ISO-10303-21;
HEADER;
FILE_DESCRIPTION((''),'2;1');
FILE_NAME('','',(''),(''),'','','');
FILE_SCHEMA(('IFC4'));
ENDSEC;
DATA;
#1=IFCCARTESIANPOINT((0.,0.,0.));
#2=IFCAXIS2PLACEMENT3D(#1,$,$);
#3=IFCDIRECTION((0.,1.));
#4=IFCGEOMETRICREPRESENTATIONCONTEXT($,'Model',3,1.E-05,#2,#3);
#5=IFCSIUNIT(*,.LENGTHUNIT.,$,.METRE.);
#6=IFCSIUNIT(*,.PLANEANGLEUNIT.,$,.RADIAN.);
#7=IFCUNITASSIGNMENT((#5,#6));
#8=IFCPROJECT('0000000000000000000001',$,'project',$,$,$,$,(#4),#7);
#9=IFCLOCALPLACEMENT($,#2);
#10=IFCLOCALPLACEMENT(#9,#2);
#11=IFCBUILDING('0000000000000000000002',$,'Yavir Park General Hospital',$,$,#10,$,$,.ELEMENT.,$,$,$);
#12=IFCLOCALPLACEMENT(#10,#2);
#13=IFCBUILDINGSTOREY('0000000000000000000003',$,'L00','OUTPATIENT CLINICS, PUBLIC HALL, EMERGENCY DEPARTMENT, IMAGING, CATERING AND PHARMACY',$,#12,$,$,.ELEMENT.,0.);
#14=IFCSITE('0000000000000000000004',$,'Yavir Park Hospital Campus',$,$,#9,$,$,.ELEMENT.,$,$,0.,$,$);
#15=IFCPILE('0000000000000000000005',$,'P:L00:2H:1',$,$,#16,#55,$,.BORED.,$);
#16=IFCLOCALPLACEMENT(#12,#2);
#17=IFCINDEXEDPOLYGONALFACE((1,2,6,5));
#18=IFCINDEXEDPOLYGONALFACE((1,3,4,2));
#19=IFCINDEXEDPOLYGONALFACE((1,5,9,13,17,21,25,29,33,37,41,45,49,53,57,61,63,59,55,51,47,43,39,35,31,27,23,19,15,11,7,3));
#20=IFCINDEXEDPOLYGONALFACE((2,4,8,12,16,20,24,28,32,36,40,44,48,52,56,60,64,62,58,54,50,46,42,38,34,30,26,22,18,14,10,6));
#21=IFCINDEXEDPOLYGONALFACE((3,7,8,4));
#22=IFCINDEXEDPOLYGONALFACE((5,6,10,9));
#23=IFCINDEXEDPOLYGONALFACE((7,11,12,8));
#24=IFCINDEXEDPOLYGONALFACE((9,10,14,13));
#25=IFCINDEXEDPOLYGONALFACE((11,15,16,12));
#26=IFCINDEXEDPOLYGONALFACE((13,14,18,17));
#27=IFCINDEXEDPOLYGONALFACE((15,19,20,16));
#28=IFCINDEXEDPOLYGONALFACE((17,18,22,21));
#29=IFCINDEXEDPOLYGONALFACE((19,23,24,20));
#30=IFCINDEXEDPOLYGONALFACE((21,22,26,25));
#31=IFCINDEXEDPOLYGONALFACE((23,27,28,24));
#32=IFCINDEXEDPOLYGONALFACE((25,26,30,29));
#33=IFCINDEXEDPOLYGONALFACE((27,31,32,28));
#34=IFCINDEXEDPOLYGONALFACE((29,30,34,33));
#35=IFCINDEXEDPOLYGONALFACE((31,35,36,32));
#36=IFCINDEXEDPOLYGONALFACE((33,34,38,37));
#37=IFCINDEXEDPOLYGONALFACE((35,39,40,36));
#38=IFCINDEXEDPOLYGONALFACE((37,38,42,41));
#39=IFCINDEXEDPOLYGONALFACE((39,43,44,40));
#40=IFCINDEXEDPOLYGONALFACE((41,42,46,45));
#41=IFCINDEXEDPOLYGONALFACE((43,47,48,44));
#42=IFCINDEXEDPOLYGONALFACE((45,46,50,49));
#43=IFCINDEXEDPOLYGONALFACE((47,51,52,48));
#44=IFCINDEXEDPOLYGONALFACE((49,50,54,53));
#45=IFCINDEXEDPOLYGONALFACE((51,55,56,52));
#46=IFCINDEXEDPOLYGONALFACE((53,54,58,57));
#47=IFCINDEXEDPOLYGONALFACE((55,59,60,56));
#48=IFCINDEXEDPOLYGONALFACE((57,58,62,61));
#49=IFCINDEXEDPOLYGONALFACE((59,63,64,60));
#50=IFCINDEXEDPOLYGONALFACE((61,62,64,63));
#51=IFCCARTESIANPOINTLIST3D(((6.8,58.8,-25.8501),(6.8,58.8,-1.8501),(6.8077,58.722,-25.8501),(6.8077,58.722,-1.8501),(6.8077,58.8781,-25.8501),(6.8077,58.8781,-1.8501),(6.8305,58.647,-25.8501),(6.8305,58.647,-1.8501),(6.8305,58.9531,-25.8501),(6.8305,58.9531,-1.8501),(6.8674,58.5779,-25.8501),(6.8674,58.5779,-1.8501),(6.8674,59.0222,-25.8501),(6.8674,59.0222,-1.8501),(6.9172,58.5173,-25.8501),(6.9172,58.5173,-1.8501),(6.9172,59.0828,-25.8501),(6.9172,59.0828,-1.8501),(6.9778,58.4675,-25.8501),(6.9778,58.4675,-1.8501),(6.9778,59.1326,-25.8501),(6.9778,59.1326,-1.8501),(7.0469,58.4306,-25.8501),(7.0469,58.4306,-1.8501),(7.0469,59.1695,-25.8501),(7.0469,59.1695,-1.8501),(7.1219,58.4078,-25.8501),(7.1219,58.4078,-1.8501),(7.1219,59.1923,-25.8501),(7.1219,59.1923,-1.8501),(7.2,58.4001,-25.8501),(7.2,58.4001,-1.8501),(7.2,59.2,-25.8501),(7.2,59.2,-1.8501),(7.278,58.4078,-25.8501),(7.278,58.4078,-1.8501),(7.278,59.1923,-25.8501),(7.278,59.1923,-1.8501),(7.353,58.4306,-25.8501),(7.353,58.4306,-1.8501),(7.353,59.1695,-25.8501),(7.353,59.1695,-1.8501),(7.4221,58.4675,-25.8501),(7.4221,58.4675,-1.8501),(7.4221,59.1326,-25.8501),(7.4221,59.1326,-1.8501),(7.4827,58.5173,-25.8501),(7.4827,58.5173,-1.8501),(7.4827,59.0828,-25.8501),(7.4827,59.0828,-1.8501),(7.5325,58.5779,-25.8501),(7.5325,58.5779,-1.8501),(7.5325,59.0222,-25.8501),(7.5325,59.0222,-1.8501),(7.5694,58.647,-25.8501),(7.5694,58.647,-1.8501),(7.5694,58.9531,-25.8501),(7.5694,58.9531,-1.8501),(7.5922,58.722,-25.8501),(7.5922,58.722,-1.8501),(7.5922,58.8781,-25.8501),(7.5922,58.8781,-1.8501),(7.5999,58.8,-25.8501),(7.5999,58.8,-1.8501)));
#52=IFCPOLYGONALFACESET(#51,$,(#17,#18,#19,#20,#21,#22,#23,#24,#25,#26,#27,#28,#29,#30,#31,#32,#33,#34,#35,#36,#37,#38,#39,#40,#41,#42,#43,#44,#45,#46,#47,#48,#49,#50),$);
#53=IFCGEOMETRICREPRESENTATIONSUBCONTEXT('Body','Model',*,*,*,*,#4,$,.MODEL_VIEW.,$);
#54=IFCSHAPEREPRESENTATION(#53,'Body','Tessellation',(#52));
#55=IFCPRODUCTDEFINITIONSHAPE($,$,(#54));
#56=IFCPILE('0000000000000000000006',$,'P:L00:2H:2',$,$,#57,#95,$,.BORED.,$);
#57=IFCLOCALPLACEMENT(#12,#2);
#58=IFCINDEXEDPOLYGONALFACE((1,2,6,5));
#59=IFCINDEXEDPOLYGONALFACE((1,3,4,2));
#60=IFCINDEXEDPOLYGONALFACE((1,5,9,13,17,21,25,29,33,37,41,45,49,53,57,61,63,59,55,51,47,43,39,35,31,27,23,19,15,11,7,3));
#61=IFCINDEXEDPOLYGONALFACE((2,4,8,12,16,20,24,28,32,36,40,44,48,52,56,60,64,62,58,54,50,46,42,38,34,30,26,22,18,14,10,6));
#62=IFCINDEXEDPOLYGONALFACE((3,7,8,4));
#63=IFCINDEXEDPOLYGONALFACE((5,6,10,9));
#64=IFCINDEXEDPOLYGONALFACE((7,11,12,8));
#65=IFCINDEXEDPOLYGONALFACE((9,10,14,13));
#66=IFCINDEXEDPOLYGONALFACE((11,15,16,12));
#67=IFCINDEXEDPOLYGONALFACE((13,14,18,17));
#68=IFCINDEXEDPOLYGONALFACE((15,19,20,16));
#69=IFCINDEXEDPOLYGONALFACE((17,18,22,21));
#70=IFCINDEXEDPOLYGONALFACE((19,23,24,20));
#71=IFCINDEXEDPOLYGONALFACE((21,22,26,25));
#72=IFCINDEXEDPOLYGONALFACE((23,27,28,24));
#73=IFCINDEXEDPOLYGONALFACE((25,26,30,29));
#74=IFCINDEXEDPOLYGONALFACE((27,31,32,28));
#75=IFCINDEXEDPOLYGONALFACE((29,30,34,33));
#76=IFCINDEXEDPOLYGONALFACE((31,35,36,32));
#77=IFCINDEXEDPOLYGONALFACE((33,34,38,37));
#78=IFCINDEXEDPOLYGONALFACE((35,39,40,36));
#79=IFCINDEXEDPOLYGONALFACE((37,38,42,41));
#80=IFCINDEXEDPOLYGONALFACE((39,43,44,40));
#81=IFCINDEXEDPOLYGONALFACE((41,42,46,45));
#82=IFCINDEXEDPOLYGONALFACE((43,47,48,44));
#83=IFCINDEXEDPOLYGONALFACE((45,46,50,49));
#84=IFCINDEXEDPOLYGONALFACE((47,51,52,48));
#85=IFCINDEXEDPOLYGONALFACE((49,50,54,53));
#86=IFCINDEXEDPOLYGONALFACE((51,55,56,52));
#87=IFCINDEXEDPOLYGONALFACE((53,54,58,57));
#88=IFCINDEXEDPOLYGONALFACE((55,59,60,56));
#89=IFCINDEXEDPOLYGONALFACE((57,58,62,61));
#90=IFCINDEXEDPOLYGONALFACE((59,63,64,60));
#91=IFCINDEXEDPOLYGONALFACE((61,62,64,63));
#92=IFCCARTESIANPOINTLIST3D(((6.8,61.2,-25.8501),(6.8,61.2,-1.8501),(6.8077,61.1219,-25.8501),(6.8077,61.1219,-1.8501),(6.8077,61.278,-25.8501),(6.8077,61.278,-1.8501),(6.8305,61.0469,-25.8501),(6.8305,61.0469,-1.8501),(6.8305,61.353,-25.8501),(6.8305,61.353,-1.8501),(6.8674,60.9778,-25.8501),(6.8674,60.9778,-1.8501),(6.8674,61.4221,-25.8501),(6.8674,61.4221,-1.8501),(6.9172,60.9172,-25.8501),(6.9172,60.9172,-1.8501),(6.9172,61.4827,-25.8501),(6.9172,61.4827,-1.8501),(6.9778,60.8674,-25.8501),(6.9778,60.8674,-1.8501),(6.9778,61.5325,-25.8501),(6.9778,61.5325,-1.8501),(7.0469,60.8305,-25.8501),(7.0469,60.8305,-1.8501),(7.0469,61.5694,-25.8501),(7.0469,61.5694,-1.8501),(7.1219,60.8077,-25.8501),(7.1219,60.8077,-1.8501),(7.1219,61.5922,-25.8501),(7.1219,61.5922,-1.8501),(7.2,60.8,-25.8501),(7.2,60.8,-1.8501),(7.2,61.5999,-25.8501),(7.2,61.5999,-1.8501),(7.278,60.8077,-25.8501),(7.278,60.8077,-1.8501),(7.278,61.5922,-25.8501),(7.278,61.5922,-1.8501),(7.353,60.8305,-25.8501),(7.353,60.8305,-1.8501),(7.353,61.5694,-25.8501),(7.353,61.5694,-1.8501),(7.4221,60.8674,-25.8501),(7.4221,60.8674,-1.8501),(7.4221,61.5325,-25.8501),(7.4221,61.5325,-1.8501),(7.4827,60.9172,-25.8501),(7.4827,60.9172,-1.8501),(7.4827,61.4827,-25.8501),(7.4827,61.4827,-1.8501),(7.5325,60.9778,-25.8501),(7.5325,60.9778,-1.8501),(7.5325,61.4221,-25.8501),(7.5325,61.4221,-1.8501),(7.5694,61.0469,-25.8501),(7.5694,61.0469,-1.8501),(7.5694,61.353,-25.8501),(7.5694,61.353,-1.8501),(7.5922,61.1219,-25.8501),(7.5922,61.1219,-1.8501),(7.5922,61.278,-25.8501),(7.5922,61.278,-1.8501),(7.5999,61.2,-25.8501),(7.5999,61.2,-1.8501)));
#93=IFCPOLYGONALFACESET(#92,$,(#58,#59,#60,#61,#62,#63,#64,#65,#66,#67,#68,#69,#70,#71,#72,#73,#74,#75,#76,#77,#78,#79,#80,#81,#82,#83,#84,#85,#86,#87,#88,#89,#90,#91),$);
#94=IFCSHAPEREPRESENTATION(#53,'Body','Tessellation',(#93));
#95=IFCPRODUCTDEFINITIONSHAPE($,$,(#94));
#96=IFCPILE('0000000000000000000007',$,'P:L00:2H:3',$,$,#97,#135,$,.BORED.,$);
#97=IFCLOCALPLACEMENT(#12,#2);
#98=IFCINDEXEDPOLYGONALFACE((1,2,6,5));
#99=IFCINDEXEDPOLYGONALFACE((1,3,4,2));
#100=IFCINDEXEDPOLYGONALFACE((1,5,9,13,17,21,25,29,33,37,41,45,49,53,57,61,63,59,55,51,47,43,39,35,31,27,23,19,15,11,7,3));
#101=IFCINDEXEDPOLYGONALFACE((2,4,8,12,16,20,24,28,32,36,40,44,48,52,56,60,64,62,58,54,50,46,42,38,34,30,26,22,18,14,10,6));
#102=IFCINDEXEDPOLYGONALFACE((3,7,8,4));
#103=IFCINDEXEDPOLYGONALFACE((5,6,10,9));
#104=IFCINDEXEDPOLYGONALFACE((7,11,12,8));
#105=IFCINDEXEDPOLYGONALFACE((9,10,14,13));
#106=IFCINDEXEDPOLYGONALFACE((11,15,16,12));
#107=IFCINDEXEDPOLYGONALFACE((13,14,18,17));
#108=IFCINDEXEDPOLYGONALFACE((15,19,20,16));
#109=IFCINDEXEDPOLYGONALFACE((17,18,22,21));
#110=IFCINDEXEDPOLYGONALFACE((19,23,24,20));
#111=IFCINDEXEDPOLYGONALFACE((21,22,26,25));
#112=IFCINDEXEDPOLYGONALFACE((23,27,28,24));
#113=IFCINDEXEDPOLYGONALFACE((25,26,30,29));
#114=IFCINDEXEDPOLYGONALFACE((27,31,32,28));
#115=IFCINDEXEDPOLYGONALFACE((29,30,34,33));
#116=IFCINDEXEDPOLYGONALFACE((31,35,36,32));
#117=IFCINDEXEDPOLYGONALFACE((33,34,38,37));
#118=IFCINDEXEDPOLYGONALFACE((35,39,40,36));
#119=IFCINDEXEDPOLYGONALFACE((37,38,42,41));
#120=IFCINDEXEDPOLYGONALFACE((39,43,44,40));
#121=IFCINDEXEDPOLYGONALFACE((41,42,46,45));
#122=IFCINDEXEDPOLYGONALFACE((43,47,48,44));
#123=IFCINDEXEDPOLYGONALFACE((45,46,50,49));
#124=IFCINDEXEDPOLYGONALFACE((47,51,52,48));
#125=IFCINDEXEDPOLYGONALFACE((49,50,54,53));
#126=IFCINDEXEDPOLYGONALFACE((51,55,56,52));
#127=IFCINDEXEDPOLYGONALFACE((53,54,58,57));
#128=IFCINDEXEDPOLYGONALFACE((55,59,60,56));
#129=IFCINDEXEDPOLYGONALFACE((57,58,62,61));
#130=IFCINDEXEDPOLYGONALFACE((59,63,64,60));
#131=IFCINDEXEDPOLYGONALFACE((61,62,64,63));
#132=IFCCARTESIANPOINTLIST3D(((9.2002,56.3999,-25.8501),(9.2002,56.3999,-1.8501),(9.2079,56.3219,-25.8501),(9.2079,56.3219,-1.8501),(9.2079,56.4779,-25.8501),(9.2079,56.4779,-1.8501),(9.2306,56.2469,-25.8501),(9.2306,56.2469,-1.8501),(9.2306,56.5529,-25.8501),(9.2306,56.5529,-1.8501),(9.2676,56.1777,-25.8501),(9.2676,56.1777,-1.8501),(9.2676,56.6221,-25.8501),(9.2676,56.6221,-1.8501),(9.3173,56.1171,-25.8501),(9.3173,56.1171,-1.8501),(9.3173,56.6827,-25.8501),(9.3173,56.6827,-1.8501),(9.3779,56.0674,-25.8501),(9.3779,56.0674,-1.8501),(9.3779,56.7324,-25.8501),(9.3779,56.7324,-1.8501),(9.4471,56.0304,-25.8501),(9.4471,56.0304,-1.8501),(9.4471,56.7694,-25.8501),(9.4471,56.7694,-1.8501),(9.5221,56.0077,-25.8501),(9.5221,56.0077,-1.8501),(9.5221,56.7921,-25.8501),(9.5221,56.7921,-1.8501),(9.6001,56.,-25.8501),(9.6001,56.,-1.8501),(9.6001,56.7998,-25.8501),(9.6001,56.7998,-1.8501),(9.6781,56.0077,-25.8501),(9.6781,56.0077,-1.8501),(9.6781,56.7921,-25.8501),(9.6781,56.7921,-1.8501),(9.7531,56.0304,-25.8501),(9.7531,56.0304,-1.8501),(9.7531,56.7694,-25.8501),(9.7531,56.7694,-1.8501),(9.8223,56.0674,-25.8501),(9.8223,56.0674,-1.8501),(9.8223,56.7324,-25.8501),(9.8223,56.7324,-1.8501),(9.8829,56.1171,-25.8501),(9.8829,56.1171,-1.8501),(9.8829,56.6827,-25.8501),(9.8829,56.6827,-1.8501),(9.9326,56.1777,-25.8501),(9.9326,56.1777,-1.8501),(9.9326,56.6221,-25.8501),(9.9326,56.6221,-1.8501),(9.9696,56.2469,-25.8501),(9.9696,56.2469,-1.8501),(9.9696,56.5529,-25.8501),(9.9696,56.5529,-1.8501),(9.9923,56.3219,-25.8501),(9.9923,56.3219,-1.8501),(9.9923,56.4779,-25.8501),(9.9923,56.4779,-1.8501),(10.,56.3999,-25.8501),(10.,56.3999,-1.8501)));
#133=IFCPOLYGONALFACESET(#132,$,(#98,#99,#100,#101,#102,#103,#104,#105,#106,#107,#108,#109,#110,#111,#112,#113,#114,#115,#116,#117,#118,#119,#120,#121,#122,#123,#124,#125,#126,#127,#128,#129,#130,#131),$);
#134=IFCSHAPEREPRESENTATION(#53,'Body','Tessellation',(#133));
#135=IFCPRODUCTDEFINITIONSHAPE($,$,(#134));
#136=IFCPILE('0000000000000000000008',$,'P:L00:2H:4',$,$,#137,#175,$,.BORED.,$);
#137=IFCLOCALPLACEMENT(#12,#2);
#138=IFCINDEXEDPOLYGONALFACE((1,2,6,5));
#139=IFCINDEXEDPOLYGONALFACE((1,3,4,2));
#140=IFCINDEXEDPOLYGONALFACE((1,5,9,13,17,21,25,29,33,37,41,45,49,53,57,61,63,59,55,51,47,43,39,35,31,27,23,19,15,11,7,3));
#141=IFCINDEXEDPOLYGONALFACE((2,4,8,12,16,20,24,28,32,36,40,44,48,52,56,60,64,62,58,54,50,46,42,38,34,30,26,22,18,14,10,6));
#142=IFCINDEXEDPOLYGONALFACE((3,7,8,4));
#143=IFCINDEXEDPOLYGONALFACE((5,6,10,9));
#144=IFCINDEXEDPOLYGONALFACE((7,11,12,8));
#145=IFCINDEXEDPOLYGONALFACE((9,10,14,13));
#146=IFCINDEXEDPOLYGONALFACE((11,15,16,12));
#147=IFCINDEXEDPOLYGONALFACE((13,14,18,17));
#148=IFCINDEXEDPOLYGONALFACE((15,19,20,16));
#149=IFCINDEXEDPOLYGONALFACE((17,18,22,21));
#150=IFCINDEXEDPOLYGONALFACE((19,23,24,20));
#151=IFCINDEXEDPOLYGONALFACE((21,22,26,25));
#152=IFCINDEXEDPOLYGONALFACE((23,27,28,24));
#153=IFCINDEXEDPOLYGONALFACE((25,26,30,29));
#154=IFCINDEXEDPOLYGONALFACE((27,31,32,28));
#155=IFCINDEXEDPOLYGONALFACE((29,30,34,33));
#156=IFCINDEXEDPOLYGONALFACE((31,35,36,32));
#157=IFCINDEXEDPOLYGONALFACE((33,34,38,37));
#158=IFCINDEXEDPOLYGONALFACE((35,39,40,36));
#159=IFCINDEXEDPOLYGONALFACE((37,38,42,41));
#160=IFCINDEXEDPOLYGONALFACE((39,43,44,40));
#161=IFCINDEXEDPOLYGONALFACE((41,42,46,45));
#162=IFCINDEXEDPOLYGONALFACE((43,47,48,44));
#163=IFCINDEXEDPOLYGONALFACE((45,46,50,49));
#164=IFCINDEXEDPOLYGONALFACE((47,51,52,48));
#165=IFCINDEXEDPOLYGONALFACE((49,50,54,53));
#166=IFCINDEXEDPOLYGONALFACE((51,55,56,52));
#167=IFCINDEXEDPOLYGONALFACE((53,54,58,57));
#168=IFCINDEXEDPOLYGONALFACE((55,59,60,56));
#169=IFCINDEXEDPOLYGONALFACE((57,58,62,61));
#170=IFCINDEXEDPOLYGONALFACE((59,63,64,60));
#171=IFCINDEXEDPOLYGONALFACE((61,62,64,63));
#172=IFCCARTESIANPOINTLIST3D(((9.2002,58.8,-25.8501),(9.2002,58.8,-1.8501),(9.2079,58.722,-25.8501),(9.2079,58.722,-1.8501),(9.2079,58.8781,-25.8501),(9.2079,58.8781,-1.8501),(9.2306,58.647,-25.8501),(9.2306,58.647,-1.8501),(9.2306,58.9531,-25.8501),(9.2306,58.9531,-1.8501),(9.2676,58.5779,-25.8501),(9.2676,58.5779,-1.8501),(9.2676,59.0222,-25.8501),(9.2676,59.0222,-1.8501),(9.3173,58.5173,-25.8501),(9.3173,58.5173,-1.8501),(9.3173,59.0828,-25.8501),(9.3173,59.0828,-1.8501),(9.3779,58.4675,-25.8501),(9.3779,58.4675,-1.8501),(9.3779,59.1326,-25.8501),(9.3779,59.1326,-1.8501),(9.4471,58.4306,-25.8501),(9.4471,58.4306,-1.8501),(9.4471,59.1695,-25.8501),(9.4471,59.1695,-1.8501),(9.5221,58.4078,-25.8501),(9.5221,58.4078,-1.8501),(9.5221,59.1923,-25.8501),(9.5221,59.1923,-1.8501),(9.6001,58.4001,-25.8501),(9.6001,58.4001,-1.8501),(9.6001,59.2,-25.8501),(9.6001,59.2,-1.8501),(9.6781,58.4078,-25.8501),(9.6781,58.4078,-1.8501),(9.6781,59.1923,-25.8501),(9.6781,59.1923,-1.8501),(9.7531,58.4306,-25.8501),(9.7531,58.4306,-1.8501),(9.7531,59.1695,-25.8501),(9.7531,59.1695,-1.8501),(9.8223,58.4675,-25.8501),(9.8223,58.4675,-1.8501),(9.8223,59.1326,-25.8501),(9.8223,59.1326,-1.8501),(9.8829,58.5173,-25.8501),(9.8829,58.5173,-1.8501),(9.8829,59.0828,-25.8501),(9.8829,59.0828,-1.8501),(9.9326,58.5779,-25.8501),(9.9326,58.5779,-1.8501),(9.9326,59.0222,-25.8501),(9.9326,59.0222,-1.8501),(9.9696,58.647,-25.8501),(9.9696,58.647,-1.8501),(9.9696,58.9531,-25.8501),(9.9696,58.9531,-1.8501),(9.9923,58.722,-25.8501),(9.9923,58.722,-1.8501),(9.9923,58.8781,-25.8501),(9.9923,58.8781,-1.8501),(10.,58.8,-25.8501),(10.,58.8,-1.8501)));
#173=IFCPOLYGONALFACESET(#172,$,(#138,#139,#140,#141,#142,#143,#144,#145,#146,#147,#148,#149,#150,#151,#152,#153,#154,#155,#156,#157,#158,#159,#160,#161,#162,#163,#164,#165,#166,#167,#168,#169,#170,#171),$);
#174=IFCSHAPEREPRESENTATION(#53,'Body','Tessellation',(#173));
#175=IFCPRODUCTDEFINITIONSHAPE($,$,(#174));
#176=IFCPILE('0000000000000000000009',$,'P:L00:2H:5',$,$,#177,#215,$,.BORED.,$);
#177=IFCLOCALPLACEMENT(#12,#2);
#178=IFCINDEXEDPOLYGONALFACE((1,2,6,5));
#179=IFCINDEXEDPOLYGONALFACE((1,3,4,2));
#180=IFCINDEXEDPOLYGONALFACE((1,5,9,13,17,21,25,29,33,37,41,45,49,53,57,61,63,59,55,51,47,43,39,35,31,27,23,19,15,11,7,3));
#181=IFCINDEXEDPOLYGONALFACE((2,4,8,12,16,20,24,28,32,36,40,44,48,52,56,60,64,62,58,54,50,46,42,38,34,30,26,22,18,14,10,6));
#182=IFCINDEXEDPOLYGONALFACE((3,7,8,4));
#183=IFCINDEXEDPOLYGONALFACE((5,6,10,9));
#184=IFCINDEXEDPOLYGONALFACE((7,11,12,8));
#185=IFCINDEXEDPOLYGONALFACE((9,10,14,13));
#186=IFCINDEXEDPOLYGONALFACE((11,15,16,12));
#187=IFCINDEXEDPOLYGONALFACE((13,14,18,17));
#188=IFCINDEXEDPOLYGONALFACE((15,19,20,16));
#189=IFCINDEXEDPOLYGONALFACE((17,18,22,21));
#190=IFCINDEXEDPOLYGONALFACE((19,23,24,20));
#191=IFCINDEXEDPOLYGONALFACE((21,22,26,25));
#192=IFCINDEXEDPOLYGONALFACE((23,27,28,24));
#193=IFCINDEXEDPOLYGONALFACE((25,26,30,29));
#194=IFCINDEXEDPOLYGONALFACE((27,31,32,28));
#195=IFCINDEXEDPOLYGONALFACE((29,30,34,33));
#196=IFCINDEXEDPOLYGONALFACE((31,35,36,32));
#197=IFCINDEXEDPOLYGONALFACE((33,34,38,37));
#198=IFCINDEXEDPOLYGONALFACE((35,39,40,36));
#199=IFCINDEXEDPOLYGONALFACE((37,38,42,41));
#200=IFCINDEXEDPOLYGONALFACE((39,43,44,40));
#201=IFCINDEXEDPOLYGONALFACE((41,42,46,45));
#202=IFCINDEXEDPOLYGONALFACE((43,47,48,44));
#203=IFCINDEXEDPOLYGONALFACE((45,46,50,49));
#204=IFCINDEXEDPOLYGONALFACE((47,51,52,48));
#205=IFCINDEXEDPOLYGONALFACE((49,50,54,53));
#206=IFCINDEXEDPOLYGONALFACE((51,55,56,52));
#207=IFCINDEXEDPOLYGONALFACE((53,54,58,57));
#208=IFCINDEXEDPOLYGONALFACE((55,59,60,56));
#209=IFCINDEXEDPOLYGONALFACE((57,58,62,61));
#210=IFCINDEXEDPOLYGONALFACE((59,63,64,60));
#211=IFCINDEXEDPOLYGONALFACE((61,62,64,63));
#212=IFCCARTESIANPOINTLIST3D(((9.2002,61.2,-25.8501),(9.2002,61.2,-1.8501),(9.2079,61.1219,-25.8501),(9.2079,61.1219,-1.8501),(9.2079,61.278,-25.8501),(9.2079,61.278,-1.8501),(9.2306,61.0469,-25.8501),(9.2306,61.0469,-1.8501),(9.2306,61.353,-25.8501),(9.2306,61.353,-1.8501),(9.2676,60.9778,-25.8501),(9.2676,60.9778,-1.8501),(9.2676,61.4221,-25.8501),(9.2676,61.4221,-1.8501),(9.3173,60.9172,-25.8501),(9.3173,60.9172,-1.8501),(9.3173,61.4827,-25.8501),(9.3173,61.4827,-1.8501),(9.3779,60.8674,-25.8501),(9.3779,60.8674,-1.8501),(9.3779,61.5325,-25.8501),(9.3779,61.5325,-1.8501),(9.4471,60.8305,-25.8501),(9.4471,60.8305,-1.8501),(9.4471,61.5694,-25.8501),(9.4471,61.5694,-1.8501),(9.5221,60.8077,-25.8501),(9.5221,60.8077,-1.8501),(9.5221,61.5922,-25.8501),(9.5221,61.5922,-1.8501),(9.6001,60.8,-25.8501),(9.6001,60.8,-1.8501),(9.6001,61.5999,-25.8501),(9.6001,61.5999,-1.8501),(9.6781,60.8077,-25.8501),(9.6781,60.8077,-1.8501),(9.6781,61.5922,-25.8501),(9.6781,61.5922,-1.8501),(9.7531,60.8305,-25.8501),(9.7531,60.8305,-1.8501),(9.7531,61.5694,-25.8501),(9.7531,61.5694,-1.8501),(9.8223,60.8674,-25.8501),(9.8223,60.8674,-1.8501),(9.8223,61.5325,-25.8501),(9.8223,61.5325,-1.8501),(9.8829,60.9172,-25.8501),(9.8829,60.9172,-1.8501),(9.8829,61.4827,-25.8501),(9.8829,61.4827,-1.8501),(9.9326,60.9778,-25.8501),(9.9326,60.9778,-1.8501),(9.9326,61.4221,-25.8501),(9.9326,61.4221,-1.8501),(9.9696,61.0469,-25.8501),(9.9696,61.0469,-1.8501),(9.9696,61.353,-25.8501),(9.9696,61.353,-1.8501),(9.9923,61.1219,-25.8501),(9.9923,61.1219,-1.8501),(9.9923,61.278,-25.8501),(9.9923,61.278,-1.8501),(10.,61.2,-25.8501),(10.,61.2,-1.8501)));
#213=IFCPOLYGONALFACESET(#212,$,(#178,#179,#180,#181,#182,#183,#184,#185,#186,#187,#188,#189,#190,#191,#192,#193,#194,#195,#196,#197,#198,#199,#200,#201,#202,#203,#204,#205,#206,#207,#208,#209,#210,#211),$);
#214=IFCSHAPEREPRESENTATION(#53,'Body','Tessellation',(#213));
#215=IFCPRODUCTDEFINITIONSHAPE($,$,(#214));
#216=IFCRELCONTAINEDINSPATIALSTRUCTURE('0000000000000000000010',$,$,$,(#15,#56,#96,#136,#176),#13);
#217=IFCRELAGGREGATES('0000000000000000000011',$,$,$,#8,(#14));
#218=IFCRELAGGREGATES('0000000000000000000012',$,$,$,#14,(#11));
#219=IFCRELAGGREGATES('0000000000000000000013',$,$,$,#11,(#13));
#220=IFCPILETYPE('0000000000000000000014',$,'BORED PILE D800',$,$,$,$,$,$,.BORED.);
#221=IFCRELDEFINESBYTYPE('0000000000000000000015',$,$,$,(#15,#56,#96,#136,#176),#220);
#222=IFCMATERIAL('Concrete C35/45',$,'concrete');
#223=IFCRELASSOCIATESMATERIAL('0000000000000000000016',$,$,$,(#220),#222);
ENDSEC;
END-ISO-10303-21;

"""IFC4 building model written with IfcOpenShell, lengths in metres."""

from ifc_helpers import new_model, si_unit, direction, frame, origin, origin_2d, place, context, subcontext, project, spatial, circle, extrude, material, material_profile, profile_set, type_object, element, save


model = new_model("IFC4")

# Units and contexts
model_context = context("Model", 3, precision=1e-05, world=origin(), true_north=direction((0.0, 1.0)))
body_context = subcontext(model_context, "Body", "Model", "MODEL_VIEW")
ifc_project = project(units=[si_unit("LENGTHUNIT", "METRE"), si_unit("PLANEANGLEUNIT", "RADIAN")], contexts=[model_context])

# Site, building, storey
site_placement = place(None, origin())
site = spatial("IfcSite", under=ifc_project, at=site_placement, Name="Yavir Park Hospital Campus", CompositionType="ELEMENT", RefElevation=0.0)
building_placement = place(site_placement, origin())
building = spatial("IfcBuilding", under=site, at=building_placement, Name="Yavir Park General Hospital", CompositionType="ELEMENT")
storey_placement = place(building_placement, origin())
storey = spatial("IfcBuildingStorey", under=building, at=storey_placement, Name="L00", Description="OUTPATIENT CLINICS, PUBLIC HALL, EMERGENCY DEPARTMENT, IMAGING, CATERING AND PHARMACY", CompositionType="ELEMENT", Elevation=0.0)

# Piles
ifc_material_1 = material(Name="Concrete C35/45", Category="concrete")
ifc_material_profile_1 = material_profile(ifc_material_1, circle(Radius=0.3999, at=origin_2d()), Name="D800")
ifc_profile_set_1 = profile_set([ifc_material_profile_1], Name="Concrete C35/45")
pile_type_1 = type_object("IfcPileType", Name="BORED PILE D800", PredefinedType="BORED", material=ifc_profile_set_1)
for number, where, z_axis, x_axis, name in (
    (1, (7.2, 58.8, -1.8501), (0.0, 0.0, -1.0), (1.0, 0.0, 0.0), "P:L00:2H:1"),
    (2, (7.2, 61.2, -1.8501), (0.0, 0.0, -1.0), (1.0, 0.0, 0.0), "P:L00:2H:2"),
    (3, (9.6001, 56.3999, -1.8501), (0.0, 0.0, -1.0), (1.0, 0.0, 0.0), "P:L00:2H:3"),
    (4, (9.6001, 58.8, -1.8501), (0.0, 0.0, -1.0), (1.0, 0.0, 0.0), "P:L00:2H:4"),
    (5, (9.6001, 61.2, -1.8501), (0.0, 0.0, -1.0), (1.0, 0.0, 0.0), "P:L00:2H:5"),
):
    element("IfcPile", number, at=place(storey_placement, frame(where, z_axis=z_axis, x_axis=x_axis)), inside=storey, type_object=pile_type_1, Name=name, PredefinedType="BORED", context=body_context, shape_type="SweptSolid", body=[
        extrude(circle(Radius=0.3999, at=origin_2d()), origin(), (0.0, 0.0, 1.0), 24.0),
    ])

save(model, "model.ifc")
